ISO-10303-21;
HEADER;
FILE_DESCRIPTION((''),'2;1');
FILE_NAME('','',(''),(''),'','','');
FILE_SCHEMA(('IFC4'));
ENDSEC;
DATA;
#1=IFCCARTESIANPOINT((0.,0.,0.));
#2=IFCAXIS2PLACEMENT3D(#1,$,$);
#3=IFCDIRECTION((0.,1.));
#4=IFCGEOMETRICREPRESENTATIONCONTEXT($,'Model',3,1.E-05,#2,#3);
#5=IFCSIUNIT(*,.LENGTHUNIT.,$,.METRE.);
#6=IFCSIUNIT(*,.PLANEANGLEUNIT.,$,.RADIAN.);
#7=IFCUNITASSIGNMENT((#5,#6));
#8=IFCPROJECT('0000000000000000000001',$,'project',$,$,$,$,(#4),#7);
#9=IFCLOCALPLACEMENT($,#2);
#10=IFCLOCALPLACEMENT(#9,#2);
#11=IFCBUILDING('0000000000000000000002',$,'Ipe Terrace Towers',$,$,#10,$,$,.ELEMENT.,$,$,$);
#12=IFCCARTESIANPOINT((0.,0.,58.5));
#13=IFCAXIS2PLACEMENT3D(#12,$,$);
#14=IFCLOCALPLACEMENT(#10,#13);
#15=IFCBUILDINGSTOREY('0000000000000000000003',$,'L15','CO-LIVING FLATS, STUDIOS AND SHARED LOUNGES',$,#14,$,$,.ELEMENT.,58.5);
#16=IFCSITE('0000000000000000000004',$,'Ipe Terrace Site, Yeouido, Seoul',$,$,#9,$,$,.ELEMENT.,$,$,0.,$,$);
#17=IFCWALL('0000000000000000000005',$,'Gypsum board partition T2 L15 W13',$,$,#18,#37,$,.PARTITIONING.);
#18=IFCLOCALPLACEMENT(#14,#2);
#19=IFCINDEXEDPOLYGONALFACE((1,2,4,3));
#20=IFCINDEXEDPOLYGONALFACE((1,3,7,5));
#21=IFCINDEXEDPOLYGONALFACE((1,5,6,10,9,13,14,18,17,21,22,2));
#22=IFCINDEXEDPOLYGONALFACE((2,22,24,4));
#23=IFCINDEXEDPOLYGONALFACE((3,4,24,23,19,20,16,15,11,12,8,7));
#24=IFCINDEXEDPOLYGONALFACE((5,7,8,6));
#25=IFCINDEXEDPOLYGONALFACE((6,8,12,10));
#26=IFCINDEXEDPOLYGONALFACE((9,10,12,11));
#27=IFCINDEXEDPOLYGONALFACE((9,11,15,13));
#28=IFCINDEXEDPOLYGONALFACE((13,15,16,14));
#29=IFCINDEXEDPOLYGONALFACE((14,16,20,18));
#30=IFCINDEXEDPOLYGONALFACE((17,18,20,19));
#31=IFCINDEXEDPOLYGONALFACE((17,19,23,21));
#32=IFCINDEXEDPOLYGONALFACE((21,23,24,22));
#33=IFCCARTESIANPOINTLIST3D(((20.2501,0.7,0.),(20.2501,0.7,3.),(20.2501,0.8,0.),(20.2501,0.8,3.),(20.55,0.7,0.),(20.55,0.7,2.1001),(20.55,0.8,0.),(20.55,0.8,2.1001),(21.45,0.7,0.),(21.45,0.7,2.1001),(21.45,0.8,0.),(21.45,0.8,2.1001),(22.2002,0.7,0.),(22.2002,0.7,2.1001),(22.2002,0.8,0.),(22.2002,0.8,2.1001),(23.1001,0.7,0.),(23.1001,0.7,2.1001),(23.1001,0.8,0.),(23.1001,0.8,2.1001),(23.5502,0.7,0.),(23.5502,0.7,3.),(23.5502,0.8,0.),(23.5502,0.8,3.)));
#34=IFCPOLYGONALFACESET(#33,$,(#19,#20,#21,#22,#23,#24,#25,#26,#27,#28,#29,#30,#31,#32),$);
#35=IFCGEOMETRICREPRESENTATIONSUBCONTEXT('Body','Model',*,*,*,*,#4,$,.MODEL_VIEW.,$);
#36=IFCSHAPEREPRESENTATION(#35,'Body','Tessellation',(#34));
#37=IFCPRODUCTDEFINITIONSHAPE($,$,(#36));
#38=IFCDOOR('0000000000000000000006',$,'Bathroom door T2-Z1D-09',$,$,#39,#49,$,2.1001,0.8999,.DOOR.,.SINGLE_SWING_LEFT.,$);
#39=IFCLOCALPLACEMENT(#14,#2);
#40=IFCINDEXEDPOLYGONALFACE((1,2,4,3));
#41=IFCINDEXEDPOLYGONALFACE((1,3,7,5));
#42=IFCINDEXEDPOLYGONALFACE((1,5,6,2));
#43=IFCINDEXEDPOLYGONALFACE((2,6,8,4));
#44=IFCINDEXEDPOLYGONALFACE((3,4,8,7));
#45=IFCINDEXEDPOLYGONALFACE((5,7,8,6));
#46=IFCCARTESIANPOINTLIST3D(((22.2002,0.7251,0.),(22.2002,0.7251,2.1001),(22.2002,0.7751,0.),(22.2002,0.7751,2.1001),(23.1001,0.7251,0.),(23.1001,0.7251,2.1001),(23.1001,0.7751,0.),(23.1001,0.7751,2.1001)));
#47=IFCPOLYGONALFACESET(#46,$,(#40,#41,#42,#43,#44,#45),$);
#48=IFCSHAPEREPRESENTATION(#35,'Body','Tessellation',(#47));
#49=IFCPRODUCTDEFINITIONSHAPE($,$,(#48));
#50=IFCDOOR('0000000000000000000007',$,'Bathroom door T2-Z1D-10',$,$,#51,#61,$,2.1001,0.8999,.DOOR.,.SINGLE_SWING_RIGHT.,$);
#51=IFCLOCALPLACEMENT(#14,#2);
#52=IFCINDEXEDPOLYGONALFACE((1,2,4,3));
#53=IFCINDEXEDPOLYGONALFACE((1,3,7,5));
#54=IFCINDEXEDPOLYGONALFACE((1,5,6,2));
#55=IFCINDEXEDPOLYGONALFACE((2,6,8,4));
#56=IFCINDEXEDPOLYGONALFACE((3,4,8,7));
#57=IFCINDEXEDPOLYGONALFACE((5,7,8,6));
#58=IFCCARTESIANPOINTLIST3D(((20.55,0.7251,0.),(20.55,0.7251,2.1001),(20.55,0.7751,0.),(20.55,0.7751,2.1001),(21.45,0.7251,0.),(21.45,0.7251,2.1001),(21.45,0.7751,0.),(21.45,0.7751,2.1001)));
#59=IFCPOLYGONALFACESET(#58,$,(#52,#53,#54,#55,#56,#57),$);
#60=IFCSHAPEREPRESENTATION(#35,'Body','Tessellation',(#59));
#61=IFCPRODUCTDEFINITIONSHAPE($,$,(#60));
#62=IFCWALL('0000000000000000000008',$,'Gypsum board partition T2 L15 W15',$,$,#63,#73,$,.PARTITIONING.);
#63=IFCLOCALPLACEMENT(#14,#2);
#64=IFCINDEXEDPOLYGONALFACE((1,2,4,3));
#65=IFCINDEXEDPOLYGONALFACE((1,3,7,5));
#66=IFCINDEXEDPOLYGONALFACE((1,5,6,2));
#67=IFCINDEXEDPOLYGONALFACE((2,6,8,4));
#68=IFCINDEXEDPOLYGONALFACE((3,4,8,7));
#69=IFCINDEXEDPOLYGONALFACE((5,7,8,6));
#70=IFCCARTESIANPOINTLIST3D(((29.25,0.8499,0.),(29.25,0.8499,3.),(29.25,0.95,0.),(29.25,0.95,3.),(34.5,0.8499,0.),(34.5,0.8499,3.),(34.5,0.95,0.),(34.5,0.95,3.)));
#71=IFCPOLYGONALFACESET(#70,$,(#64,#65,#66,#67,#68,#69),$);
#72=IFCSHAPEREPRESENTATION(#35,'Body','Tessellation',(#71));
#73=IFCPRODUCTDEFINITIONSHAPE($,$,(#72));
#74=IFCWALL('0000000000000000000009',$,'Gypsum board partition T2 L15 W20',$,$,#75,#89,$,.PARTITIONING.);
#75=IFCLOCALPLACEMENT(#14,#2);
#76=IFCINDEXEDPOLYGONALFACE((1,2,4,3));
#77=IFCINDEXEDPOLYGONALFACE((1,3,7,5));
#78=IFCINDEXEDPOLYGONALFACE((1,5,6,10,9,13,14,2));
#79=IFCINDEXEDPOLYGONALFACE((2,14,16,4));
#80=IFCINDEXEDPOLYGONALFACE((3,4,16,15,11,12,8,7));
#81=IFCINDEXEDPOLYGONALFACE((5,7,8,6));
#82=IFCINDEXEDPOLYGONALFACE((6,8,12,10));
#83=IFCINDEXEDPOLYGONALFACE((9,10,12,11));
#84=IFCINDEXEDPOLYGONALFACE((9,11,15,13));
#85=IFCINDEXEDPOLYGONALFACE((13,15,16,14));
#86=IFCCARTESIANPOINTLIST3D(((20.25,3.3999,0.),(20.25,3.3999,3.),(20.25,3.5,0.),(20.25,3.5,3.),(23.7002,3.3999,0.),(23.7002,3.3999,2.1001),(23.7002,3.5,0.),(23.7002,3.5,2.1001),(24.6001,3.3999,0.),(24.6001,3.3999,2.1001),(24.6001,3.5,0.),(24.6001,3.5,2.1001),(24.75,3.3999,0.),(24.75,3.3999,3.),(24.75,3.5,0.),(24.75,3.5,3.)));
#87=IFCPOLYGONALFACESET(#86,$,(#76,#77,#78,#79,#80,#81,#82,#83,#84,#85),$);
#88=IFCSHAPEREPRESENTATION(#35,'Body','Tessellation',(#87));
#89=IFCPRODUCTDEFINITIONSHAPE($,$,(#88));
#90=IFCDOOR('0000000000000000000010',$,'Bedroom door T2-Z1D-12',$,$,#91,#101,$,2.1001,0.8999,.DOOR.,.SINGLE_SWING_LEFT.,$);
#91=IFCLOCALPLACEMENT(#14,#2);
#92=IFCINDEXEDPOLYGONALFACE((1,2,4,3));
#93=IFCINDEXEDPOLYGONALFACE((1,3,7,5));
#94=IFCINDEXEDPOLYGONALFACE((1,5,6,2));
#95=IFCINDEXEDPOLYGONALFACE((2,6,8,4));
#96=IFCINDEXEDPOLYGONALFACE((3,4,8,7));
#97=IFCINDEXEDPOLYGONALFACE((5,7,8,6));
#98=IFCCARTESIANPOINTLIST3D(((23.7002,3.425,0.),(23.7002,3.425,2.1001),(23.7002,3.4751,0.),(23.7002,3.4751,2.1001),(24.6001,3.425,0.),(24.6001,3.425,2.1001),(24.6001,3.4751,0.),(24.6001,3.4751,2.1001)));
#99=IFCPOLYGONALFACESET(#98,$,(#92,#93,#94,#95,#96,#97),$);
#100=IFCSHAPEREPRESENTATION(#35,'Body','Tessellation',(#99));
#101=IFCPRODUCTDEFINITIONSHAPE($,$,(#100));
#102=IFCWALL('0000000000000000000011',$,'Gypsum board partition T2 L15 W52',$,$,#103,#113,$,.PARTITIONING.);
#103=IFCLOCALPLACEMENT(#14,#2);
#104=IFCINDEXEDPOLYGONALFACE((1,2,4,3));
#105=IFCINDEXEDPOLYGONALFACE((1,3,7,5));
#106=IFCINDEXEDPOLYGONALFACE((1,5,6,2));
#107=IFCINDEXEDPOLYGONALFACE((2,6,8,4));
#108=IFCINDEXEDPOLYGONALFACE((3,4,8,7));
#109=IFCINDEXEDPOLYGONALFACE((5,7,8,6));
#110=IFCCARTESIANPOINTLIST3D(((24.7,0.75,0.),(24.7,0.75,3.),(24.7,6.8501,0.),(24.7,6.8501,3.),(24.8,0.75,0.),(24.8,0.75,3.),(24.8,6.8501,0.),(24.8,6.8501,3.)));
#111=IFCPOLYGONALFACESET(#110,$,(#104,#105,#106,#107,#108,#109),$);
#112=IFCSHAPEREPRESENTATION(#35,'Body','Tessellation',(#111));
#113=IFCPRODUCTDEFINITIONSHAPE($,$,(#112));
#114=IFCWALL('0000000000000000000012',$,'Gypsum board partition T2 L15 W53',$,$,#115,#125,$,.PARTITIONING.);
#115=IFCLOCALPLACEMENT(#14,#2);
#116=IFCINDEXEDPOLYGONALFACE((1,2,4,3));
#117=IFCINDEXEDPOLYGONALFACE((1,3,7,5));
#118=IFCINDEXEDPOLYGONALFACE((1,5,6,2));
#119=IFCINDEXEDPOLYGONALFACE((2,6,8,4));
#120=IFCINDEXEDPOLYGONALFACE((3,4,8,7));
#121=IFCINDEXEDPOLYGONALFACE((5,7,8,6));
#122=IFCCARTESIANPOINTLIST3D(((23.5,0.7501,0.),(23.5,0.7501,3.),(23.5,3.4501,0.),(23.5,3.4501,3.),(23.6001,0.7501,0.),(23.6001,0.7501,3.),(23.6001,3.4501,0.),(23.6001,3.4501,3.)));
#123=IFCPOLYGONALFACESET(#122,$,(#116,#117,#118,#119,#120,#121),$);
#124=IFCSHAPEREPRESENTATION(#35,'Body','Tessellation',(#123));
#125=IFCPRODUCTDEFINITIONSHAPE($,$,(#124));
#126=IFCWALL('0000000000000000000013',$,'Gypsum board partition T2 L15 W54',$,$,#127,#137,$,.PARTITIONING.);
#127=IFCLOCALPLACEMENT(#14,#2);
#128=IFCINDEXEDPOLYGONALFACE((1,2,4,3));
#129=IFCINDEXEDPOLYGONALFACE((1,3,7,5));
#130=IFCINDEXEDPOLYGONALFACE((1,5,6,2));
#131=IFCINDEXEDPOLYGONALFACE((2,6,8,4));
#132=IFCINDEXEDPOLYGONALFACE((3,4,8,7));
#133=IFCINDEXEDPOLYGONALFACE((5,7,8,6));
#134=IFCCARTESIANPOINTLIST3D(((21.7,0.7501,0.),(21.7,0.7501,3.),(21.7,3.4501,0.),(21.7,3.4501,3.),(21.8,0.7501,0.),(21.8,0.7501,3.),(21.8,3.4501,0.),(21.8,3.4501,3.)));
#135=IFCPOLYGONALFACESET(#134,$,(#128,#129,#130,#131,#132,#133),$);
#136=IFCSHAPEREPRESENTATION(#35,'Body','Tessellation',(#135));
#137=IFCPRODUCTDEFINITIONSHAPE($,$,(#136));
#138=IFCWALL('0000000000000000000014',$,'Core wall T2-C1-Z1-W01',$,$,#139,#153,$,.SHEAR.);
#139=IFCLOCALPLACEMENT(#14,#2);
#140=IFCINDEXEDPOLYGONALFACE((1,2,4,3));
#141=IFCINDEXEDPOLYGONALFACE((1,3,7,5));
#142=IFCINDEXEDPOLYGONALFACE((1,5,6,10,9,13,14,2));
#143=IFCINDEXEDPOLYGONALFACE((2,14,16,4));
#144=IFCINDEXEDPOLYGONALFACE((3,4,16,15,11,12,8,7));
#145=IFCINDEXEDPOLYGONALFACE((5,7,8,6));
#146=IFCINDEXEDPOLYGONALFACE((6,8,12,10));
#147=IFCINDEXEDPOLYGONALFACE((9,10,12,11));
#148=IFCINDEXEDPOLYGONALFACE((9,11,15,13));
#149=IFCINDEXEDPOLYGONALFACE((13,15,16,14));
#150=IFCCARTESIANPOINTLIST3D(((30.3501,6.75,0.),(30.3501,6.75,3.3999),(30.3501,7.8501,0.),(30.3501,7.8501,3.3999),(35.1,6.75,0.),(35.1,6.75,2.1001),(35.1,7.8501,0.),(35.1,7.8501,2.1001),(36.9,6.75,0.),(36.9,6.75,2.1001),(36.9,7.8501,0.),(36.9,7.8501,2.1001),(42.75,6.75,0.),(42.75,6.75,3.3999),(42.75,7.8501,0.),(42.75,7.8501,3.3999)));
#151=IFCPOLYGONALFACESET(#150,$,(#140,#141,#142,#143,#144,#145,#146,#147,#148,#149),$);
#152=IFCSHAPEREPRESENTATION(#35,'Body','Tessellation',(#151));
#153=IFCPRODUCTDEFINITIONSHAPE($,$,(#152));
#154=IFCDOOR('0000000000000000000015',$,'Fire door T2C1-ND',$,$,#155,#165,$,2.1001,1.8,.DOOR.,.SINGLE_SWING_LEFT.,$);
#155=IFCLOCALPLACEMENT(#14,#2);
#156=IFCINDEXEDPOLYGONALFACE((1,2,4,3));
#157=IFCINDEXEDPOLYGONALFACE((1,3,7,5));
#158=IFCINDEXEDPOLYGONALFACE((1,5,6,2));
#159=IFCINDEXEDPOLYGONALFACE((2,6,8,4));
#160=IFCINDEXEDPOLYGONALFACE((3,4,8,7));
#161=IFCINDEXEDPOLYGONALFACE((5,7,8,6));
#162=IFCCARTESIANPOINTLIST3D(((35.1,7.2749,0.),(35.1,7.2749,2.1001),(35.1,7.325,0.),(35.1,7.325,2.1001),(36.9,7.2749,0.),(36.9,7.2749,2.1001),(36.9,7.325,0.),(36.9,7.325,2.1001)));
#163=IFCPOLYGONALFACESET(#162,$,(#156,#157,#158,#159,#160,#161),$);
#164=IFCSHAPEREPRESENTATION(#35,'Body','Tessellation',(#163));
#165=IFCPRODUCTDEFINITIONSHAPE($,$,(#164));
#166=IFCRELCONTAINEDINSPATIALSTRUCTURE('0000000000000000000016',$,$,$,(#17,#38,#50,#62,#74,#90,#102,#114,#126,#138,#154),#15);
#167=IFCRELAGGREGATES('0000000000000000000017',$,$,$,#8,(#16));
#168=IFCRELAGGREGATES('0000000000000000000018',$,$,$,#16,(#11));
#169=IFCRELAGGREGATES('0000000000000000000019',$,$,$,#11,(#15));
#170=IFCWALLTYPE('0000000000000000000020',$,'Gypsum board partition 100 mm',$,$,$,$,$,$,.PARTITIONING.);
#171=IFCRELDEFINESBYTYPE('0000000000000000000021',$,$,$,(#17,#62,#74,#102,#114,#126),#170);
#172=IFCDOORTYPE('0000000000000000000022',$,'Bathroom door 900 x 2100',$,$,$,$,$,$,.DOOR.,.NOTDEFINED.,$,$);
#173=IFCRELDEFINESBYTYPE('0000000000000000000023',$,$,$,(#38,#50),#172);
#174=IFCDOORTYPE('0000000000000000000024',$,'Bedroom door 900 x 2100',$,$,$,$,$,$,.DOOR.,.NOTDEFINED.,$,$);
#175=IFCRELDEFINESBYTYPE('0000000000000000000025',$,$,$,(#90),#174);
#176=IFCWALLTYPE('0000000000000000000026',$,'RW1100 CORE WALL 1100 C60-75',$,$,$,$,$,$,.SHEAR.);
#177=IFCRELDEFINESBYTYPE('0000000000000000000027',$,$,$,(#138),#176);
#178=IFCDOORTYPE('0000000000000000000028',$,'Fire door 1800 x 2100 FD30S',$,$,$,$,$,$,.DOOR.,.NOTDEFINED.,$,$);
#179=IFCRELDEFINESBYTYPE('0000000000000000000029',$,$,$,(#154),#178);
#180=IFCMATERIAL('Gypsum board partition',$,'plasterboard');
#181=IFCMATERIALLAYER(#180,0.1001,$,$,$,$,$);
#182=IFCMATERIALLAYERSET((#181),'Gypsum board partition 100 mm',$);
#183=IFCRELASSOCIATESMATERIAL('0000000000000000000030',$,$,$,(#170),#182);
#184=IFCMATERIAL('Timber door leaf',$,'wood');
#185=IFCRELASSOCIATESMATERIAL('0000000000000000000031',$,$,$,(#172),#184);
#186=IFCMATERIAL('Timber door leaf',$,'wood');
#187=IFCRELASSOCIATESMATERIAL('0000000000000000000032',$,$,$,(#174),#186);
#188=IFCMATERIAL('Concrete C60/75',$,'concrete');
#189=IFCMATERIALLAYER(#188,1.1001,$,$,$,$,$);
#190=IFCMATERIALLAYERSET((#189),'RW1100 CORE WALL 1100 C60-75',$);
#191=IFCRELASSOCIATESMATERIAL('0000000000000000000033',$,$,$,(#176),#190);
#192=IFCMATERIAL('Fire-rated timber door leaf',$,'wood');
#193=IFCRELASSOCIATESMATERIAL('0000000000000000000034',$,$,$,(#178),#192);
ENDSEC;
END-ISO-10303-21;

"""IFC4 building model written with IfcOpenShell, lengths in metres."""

from ifc_helpers import new_model, si_unit, direction, frame, frame_2d, origin, place, context, subcontext, project, spatial, rectangle, extrude, material, layer, layer_set, type_object, element, fill, save


model = new_model("IFC4")

# Units and contexts
model_context = context("Model", 3, precision=1e-05, world=origin(), true_north=direction((0.0, 1.0)))
body_context = subcontext(model_context, "Body", "Model", "MODEL_VIEW")
ifc_project = project(units=[si_unit("LENGTHUNIT", "METRE"), si_unit("PLANEANGLEUNIT", "RADIAN")], contexts=[model_context])

# Site, building, storey
site_placement = place(None, origin())
site = spatial("IfcSite", under=ifc_project, at=site_placement, Name="Ipe Terrace Site, Yeouido, Seoul", CompositionType="ELEMENT", RefElevation=0.0)
building_placement = place(site_placement, origin())
building = spatial("IfcBuilding", under=site, at=building_placement, Name="Ipe Terrace Towers", CompositionType="ELEMENT")
storey_placement = place(building_placement, frame((0.0, 0.0, 58.5)))
storey = spatial("IfcBuildingStorey", under=building, at=storey_placement, Name="L15", Description="CO-LIVING FLATS, STUDIOS AND SHARED LOUNGES", CompositionType="ELEMENT", Elevation=58.5)

# Shared definitions
ifc_material_1 = material(Name="Gypsum board partition", Category="plasterboard")
ifc_layer_1 = layer(ifc_material_1, 0.1001)
ifc_layer_set_1 = layer_set([ifc_layer_1], Name="Gypsum board partition 100 mm")
wall_type_1 = type_object("IfcWallType", Name="Gypsum board partition 100 mm", PredefinedType="PARTITIONING", material=ifc_layer_set_1)

# Wall, openings, doors
wall_1_placement = place(storey_placement, frame((23.55, 0.75, 0.0), z_axis=(0.0, 0.0, 1.0), x_axis=(-1.0, 0.0, 0.0)))
wall_1 = element("IfcWall", 1, at=wall_1_placement, inside=storey, type_object=wall_type_1, Name="Gypsum board partition T2 L15 W13", PredefinedType="PARTITIONING", context=body_context, shape_type="SweptSolid", body=[
    extrude(rectangle(XDim=3.3, YDim=0.1001, at=frame_2d((1.6499, 0.0))), origin(), (0.0, 0.0, 1.0), 3.0),
])
opening_1_placement = place(wall_1_placement, frame((0.45, 0.0, 0.0)))
opening_1 = element("IfcOpeningElement", 2, at=opening_1_placement, cuts=wall_1, PredefinedType="OPENING", context=body_context, shape_type="SweptSolid", body=[
    extrude(rectangle(XDim=0.8999, YDim=2.1001, at=frame_2d((0.45, 1.05))), frame((0.0, 0.0601, 0.0), z_axis=(0.0, -1.0, 0.0), x_axis=(1.0, 0.0, 0.0)), (0.0, 0.0, 1.0), 0.1201),
])
opening_2_placement = place(wall_1_placement, frame((2.1001, 0.0, 0.0)))
opening_2 = element("IfcOpeningElement", 3, at=opening_2_placement, cuts=wall_1, PredefinedType="OPENING", context=body_context, shape_type="SweptSolid", body=[
    extrude(rectangle(XDim=0.8999, YDim=2.1001, at=frame_2d((0.45, 1.05))), frame((0.0, 0.0601, 0.0), z_axis=(0.0, -1.0, 0.0), x_axis=(1.0, 0.0, 0.0)), (0.0, 0.0, 1.0), 0.1201),
])
ifc_material_2 = material(Name="Timber door leaf", Category="wood")
door_type_1 = type_object("IfcDoorType", Name="Bathroom door 900 x 2100", OperationType="NOTDEFINED", PredefinedType="DOOR", material=ifc_material_2)
door_1_placement = place(opening_1_placement, origin())
door_1 = element("IfcDoor", 4, at=door_1_placement, inside=storey, type_object=door_type_1, Name="Bathroom door T2-Z1D-09", OperationType="SINGLE_SWING_LEFT", OverallHeight=2.1001, OverallWidth=0.8999, PredefinedType="DOOR", context=body_context, shape_type="SweptSolid", body=[
    extrude(rectangle(XDim=0.8999, YDim=2.1001, at=frame_2d((0.45, 1.05))), frame((0.0, 0.0249, 0.0), z_axis=(0.0, -1.0, 0.0), x_axis=(1.0, 0.0, 0.0)), (0.0, 0.0, 1.0), 0.05),
])
fill(opening_1, door_1)
door_2_placement = place(opening_2_placement, origin())
door_2 = element("IfcDoor", 5, at=door_2_placement, inside=storey, type_object=door_type_1, Name="Bathroom door T2-Z1D-10", OperationType="SINGLE_SWING_RIGHT", OverallHeight=2.1001, OverallWidth=0.8999, PredefinedType="DOOR", context=body_context, shape_type="SweptSolid", body=[
    extrude(rectangle(XDim=0.8999, YDim=2.1001, at=frame_2d((0.45, 1.05))), frame((0.0, 0.0249, 0.0), z_axis=(0.0, -1.0, 0.0), x_axis=(1.0, 0.0, 0.0)), (0.0, 0.0, 1.0), 0.05),
])
fill(opening_2, door_2)

# Wall
wall_2_placement = place(storey_placement, frame((34.5, 0.8999, 0.0), z_axis=(0.0, 0.0, 1.0), x_axis=(-1.0, 0.0, 0.0)))
element("IfcWall", 6, at=wall_2_placement, inside=storey, type_object=wall_type_1, Name="Gypsum board partition T2 L15 W15", PredefinedType="PARTITIONING", context=body_context, shape_type="SweptSolid", body=[
    extrude(rectangle(XDim=5.25, YDim=0.1001, at=frame_2d((2.625, 0.0))), origin(), (0.0, 0.0, 1.0), 3.0),
])

# Wall, opening, door
wall_3_placement = place(storey_placement, frame((24.75, 3.45, 0.0), z_axis=(0.0, 0.0, 1.0), x_axis=(-1.0, 0.0, 0.0)))
wall_3 = element("IfcWall", 7, at=wall_3_placement, inside=storey, type_object=wall_type_1, Name="Gypsum board partition T2 L15 W20", PredefinedType="PARTITIONING", context=body_context, shape_type="SweptSolid", body=[
    extrude(rectangle(XDim=4.5, YDim=0.1001, at=frame_2d((2.25, 0.0))), origin(), (0.0, 0.0, 1.0), 3.0),
])
opening_3_placement = place(wall_3_placement, frame((0.1499, 0.0, 0.0)))
opening_3 = element("IfcOpeningElement", 8, at=opening_3_placement, cuts=wall_3, PredefinedType="OPENING", context=body_context, shape_type="SweptSolid", body=[
    extrude(rectangle(XDim=0.8999, YDim=2.1001, at=frame_2d((0.45, 1.05))), frame((0.0, 0.0601, 0.0), z_axis=(0.0, -1.0, 0.0), x_axis=(1.0, 0.0, 0.0)), (0.0, 0.0, 1.0), 0.1201),
])
ifc_material_3 = material(Name="Timber door leaf", Category="wood")
door_type_2 = type_object("IfcDoorType", Name="Bedroom door 900 x 2100", OperationType="NOTDEFINED", PredefinedType="DOOR", material=ifc_material_3)
door_3_placement = place(opening_3_placement, origin())
door_3 = element("IfcDoor", 9, at=door_3_placement, inside=storey, type_object=door_type_2, Name="Bedroom door T2-Z1D-12", OperationType="SINGLE_SWING_LEFT", OverallHeight=2.1001, OverallWidth=0.8999, PredefinedType="DOOR", context=body_context, shape_type="SweptSolid", body=[
    extrude(rectangle(XDim=0.8999, YDim=2.1001, at=frame_2d((0.45, 1.05))), frame((0.0, 0.0249, 0.0), z_axis=(0.0, -1.0, 0.0), x_axis=(1.0, 0.0, 0.0)), (0.0, 0.0, 1.0), 0.05),
])
fill(opening_3, door_3)

# Walls
wall_4_placement = place(storey_placement, frame((24.75, 0.75, 0.0), z_axis=(0.0, 0.0, 1.0), x_axis=(0.0, 1.0, 0.0)))
element("IfcWall", 10, at=wall_4_placement, inside=storey, type_object=wall_type_1, Name="Gypsum board partition T2 L15 W52", PredefinedType="PARTITIONING", context=body_context, shape_type="SweptSolid", body=[
    extrude(rectangle(XDim=6.1001, YDim=0.1001, at=frame_2d((3.05, 0.0))), origin(), (0.0, 0.0, 1.0), 3.0),
])
for number, where, z_axis, x_axis, name in (
    (11, (23.55, 0.75, 0.0), (0.0, 0.0, 1.0), (0.0, 1.0, 0.0), "Gypsum board partition T2 L15 W53"),
    (12, (21.75, 0.75, 0.0), (0.0, 0.0, 1.0), (0.0, 1.0, 0.0), "Gypsum board partition T2 L15 W54"),
):
    element("IfcWall", number, at=place(storey_placement, frame(where, z_axis=z_axis, x_axis=x_axis)), inside=storey, type_object=wall_type_1, Name=name, PredefinedType="PARTITIONING", context=body_context, shape_type="SweptSolid", body=[
        extrude(rectangle(XDim=2.7, YDim=0.1001, at=frame_2d((1.3501, 0.0))), origin(), (0.0, 0.0, 1.0), 3.0),
    ])

# Wall, opening, door
ifc_material_4 = material(Name="Concrete C60/75", Category="concrete")
ifc_layer_2 = layer(ifc_material_4, 1.1001)
ifc_layer_set_2 = layer_set([ifc_layer_2], Name="RW1100 CORE WALL 1100 C60-75")
wall_type_2 = type_object("IfcWallType", Name="RW1100 CORE WALL 1100 C60-75", PredefinedType="SHEAR", material=ifc_layer_set_2)
wall_5_placement = place(storey_placement, frame((30.3501, 7.3, 0.0), z_axis=(0.0, 0.0, 1.0), x_axis=(1.0, 0.0, 0.0)))
wall_5 = element("IfcWall", 13, at=wall_5_placement, inside=storey, type_object=wall_type_2, Name="Core wall T2-C1-Z1-W01", PredefinedType="SHEAR", context=body_context, shape_type="SweptSolid", body=[
    extrude(rectangle(XDim=12.3999, YDim=1.1001, at=frame_2d((6.2, 0.0))), origin(), (0.0, 0.0, 1.0), 3.3999),
])
opening_4_placement = place(wall_5_placement, frame((4.75, 0.0, 0.0)))
opening_4 = element("IfcOpeningElement", 14, at=opening_4_placement, cuts=wall_5, PredefinedType="OPENING", context=body_context, shape_type="SweptSolid", body=[
    extrude(rectangle(XDim=1.8, YDim=2.1001, at=frame_2d((0.8999, 1.05))), frame((0.0, 0.5601, 0.0), z_axis=(0.0, -1.0, 0.0), x_axis=(1.0, 0.0, 0.0)), (0.0, 0.0, 1.0), 1.1201),
])
ifc_material_5 = material(Name="Fire-rated timber door leaf", Category="wood")
door_type_3 = type_object("IfcDoorType", Name="Fire door 1800 x 2100 FD30S", OperationType="NOTDEFINED", PredefinedType="DOOR", material=ifc_material_5)
door_4_placement = place(opening_4_placement, origin())
door_4 = element("IfcDoor", 15, at=door_4_placement, inside=storey, type_object=door_type_3, Name="Fire door T2C1-ND", OperationType="SINGLE_SWING_LEFT", OverallHeight=2.1001, OverallWidth=1.8, PredefinedType="DOOR", context=body_context, shape_type="SweptSolid", body=[
    extrude(rectangle(XDim=1.8, YDim=2.1001, at=frame_2d((0.8999, 1.05))), frame((0.0, 0.0249, 0.0), z_axis=(0.0, -1.0, 0.0), x_axis=(1.0, 0.0, 0.0)), (0.0, 0.0, 1.0), 0.05),
])
fill(opening_4, door_4)

save(model, "model.ifc")
